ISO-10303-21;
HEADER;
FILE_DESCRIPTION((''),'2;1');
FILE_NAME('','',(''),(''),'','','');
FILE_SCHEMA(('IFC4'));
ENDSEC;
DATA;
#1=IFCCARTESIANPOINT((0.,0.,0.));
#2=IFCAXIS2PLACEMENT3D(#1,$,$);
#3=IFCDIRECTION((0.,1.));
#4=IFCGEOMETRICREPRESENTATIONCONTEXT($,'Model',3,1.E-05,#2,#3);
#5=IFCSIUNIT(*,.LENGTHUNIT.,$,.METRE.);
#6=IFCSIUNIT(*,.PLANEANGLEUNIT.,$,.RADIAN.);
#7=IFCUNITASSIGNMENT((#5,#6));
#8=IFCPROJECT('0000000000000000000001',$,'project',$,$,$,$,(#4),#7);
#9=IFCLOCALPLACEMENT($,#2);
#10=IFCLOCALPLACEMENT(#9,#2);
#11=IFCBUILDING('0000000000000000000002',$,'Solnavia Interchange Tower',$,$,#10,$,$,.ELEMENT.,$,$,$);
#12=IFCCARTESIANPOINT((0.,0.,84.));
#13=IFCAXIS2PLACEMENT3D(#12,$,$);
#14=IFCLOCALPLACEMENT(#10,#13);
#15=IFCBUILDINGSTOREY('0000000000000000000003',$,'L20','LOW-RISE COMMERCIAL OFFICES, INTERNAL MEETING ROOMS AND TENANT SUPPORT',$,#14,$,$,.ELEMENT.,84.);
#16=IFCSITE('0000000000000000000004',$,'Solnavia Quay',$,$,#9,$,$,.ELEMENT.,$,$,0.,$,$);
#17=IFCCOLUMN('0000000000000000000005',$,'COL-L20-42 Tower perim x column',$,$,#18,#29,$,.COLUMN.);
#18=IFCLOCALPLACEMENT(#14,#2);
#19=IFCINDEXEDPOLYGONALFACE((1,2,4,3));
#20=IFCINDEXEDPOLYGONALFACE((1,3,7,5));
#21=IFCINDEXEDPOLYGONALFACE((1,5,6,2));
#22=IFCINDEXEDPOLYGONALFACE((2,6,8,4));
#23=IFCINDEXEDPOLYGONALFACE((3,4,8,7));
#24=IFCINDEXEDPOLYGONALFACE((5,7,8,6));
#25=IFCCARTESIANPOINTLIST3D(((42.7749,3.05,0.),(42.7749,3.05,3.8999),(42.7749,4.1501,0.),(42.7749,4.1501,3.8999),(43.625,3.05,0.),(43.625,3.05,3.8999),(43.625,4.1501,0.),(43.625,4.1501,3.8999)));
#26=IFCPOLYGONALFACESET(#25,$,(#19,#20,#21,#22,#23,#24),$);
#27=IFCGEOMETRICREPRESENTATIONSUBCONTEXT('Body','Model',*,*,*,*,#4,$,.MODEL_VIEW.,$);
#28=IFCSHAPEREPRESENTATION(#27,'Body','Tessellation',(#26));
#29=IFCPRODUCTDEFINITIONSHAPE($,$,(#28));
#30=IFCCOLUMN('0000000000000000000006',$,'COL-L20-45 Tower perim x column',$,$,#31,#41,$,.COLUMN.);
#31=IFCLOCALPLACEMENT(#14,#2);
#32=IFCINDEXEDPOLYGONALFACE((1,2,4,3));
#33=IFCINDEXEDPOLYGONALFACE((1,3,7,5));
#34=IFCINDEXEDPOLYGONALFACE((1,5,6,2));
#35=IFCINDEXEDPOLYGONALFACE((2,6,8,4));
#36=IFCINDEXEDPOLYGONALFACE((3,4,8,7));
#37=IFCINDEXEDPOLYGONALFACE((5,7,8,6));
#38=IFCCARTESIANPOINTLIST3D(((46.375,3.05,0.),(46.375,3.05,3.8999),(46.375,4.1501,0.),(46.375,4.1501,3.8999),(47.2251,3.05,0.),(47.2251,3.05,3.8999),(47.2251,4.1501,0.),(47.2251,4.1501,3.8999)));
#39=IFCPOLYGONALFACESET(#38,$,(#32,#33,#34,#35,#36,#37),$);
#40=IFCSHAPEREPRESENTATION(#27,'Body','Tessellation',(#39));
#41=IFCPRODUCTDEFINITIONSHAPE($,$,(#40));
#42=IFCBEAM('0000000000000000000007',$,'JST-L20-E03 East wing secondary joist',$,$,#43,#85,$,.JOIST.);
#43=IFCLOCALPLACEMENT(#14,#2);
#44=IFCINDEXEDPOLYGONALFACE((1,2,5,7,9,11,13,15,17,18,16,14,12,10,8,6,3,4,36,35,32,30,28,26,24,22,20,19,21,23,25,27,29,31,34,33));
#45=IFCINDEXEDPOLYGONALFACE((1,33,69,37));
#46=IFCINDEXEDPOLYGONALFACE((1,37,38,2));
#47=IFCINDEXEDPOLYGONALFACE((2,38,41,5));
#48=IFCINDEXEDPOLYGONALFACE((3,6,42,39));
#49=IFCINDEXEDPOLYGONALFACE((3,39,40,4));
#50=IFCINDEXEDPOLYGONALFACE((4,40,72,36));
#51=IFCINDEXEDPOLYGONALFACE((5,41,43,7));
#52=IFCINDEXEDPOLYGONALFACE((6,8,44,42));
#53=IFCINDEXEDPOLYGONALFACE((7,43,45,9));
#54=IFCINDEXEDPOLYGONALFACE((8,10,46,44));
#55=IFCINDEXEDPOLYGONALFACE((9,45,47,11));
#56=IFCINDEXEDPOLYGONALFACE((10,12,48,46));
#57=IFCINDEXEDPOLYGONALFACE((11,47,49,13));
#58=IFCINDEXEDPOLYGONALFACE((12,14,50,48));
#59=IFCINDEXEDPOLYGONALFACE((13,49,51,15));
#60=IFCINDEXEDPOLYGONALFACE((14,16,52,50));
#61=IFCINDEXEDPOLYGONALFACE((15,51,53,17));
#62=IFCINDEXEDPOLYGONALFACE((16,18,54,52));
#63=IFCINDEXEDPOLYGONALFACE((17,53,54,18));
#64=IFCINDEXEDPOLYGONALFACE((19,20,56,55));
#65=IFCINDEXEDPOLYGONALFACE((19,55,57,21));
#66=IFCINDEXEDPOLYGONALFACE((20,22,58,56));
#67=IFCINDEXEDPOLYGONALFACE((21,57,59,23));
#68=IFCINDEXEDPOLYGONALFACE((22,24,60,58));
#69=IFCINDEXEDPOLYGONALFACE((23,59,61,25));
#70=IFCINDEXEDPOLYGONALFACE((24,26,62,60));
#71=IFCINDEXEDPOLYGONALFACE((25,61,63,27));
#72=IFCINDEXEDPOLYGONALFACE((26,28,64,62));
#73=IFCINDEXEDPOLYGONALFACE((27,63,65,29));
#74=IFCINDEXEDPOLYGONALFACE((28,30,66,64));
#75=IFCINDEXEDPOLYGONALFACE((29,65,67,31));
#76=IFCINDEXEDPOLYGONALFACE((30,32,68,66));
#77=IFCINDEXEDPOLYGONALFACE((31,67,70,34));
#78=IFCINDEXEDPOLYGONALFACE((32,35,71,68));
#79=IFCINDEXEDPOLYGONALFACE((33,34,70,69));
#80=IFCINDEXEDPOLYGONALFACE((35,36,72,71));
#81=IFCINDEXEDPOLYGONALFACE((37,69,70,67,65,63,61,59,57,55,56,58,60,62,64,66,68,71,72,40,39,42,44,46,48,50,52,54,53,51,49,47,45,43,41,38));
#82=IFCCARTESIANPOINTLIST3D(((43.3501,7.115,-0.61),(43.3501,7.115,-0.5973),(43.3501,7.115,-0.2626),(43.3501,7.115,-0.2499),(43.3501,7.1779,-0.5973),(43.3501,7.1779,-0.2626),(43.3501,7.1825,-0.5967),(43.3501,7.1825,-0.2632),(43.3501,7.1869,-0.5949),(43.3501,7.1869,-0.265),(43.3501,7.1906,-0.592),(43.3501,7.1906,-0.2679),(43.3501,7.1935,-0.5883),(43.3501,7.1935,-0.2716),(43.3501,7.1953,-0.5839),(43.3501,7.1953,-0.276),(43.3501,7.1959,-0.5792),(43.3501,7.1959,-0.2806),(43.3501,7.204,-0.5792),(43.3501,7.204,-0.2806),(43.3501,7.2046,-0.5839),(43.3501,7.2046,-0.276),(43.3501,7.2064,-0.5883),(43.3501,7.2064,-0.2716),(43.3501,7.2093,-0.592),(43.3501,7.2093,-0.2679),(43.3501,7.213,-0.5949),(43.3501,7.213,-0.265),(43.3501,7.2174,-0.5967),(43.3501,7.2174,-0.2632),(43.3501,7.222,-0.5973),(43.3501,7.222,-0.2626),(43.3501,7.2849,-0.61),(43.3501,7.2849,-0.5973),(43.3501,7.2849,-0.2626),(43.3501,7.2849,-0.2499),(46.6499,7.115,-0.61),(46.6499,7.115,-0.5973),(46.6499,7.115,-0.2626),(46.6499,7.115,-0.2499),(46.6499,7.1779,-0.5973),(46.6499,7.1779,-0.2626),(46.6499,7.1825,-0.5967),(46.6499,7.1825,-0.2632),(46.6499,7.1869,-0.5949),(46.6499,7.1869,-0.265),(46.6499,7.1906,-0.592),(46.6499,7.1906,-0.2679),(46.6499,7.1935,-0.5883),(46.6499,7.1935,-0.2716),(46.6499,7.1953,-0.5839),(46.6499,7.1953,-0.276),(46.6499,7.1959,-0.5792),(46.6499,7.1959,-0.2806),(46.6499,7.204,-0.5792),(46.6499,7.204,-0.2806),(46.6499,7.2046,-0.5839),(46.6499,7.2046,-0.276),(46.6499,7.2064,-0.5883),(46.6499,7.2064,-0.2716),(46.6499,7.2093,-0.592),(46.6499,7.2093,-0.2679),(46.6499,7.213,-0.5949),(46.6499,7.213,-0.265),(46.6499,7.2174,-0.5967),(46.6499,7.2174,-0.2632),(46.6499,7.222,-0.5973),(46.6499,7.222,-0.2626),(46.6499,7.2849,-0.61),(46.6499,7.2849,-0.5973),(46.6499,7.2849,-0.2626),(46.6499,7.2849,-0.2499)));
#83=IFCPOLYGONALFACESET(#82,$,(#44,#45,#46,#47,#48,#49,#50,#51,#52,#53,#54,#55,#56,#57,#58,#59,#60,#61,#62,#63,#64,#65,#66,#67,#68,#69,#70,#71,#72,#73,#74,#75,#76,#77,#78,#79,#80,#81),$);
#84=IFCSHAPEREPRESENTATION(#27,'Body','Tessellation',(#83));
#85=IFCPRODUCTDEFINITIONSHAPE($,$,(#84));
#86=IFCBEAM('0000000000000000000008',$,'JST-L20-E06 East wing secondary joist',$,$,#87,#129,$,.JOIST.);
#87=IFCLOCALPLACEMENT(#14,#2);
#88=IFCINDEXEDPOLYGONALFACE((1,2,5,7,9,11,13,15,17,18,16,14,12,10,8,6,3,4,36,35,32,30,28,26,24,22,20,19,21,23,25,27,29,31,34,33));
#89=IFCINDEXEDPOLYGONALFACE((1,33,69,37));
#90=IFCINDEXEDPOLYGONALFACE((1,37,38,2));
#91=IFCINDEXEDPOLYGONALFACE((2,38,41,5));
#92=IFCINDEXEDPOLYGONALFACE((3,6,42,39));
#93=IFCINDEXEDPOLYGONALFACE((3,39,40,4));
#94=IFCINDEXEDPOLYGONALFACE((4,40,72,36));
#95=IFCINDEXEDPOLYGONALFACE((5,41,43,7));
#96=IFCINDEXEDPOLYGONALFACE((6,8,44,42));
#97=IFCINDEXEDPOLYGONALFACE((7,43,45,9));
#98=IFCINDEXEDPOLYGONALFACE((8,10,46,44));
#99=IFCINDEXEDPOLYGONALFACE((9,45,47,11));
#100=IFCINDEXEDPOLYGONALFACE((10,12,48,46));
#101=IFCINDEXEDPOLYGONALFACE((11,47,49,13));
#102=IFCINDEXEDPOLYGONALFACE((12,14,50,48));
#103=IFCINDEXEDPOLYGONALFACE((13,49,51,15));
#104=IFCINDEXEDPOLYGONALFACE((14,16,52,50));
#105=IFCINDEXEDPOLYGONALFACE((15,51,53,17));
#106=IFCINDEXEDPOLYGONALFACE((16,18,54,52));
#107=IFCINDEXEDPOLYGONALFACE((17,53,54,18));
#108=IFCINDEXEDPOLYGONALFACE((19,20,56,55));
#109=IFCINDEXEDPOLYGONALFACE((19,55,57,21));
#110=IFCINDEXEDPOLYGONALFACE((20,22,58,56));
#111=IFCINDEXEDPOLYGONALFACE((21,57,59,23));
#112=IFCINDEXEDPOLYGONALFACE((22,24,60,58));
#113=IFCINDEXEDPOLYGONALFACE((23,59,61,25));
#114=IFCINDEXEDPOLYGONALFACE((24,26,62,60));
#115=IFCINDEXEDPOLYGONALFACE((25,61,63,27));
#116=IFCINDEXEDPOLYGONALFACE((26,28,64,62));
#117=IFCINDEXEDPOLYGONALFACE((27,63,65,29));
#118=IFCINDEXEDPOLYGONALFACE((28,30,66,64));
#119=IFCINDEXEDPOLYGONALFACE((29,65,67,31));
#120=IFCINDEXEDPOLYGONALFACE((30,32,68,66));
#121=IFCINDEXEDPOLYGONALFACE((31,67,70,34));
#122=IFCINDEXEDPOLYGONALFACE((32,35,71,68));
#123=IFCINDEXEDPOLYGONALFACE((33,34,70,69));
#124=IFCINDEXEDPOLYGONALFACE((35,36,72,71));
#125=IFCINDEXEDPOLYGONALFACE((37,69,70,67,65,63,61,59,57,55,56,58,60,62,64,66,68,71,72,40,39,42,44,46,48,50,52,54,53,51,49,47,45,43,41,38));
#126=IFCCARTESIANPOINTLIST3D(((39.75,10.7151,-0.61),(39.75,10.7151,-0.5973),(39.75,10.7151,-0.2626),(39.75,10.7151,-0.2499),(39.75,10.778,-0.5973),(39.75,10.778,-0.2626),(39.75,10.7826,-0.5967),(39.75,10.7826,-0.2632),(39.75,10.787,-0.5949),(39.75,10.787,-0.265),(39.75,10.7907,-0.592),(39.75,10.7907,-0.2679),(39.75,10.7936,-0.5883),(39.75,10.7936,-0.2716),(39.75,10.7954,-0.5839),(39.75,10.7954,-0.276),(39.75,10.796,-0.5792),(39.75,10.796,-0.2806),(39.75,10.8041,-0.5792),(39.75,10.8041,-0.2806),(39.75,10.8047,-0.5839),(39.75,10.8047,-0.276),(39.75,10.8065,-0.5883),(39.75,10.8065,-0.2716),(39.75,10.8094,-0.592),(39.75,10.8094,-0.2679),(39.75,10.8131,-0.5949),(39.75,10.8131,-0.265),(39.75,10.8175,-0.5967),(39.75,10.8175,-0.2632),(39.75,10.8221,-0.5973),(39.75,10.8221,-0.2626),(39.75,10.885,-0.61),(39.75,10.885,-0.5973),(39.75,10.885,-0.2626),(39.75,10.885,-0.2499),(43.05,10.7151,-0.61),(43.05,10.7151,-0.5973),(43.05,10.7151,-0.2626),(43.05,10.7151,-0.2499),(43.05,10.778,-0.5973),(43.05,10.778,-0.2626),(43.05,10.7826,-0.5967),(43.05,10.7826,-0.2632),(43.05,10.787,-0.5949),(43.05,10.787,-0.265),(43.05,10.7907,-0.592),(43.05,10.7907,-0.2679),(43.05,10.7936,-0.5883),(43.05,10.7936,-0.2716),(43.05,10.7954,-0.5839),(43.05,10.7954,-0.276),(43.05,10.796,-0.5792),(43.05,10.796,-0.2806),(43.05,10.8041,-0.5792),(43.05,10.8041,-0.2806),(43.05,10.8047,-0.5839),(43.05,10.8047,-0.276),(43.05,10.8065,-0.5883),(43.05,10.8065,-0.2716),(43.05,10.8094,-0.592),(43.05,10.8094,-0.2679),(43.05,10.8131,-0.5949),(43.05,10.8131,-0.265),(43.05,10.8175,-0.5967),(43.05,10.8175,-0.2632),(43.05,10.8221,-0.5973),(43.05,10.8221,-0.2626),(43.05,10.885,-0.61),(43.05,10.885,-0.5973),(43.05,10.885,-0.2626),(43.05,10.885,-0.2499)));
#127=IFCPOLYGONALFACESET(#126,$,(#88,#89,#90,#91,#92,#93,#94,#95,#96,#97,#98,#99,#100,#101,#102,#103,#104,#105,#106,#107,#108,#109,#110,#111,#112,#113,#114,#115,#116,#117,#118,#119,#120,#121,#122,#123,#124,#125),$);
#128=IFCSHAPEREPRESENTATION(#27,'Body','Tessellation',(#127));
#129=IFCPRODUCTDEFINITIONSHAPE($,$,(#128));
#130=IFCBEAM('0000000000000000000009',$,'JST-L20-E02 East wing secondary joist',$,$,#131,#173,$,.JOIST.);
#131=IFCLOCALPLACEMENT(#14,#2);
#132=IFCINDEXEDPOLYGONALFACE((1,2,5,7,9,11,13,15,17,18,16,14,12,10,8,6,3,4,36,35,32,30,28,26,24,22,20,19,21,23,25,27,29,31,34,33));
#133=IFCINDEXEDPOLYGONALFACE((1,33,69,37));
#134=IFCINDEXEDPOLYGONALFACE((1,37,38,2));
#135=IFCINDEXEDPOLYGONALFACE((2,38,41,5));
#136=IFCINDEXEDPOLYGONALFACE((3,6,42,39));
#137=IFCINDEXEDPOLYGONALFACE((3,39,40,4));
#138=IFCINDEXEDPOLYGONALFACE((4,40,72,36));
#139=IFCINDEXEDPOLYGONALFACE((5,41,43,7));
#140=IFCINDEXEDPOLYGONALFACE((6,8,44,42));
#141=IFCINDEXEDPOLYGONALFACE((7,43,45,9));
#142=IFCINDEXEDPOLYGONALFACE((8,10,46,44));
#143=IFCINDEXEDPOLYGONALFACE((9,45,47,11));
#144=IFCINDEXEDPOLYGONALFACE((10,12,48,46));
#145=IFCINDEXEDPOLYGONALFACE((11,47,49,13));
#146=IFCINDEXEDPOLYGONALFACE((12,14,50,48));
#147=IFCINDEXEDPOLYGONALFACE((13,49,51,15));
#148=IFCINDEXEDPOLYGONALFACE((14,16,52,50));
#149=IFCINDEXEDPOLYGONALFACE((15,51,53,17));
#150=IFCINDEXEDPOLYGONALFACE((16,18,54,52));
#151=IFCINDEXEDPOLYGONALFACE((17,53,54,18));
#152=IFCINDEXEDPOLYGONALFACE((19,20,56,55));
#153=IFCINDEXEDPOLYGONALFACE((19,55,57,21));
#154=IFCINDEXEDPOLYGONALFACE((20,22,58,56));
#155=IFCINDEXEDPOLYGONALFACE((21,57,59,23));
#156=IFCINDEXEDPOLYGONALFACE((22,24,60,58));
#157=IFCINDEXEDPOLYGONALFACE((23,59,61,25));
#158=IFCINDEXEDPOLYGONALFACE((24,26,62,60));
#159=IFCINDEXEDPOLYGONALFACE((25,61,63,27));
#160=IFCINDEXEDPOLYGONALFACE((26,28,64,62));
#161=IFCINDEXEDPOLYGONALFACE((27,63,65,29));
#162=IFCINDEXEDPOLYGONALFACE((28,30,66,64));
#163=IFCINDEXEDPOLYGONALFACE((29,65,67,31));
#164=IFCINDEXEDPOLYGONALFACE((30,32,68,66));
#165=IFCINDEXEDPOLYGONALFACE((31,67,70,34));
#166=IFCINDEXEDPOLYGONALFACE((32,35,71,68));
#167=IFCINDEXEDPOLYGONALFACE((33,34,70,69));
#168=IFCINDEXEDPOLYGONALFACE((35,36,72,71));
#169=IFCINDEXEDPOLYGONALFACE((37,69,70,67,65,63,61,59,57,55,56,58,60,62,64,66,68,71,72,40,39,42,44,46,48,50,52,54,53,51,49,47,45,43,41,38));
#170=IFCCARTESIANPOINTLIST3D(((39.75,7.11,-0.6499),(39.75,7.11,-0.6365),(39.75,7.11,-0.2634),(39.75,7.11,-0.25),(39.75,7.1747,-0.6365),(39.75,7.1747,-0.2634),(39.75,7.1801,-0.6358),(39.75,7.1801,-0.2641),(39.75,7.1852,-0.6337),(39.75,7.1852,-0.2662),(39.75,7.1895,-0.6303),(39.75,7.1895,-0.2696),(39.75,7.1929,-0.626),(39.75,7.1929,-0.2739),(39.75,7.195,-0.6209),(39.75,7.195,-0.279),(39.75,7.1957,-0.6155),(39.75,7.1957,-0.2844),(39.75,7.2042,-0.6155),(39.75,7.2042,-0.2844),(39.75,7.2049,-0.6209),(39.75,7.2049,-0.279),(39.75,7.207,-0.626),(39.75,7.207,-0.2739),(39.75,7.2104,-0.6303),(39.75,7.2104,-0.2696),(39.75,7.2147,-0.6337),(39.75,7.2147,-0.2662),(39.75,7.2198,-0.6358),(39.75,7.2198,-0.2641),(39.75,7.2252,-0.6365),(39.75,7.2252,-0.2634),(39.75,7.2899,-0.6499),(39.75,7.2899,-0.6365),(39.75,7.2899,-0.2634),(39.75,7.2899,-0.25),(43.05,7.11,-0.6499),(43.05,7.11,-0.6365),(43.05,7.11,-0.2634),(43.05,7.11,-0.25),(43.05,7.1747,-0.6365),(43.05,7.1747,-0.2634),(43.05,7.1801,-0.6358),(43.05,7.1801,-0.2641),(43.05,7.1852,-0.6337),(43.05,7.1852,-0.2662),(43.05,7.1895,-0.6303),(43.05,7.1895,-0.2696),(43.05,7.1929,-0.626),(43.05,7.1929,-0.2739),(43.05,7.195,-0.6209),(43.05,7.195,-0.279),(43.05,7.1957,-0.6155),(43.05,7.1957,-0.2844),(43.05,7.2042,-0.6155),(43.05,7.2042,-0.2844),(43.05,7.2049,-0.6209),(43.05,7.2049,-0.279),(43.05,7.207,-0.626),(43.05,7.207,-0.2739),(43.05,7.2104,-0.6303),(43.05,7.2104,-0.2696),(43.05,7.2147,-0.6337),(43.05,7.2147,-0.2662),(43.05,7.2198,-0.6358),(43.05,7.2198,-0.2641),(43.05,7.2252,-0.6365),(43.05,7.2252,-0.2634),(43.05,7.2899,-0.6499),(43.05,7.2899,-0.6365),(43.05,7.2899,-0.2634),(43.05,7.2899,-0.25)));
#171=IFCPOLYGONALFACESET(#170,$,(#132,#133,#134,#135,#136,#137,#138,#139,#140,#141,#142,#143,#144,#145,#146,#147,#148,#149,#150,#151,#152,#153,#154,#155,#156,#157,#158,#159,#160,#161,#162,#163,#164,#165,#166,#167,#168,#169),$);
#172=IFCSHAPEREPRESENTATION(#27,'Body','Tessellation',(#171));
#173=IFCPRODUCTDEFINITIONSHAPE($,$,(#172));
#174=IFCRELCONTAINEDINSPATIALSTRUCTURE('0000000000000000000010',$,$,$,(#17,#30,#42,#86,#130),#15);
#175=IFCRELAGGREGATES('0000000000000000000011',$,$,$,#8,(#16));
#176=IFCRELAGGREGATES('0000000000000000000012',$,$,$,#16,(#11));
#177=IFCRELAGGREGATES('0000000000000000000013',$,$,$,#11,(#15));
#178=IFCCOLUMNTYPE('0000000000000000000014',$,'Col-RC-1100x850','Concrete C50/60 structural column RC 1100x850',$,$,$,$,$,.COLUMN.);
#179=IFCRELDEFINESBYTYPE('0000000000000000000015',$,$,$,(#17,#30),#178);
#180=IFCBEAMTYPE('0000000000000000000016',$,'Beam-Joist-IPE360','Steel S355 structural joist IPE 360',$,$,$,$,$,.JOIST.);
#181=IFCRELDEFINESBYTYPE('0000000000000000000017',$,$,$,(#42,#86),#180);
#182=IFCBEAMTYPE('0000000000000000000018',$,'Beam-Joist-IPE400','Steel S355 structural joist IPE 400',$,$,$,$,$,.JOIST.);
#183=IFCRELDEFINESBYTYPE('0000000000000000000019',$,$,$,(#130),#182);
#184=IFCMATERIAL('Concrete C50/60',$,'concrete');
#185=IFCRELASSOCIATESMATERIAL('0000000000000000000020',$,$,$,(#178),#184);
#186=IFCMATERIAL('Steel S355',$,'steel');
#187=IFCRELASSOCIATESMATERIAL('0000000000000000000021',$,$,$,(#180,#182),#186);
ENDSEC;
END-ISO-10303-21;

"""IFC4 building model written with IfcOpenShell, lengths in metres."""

from ifc_helpers import new_model, si_unit, direction, frame, origin, origin_2d, place, context, subcontext, project, spatial, rectangle, i_section, extrude, material, material_profile, profile_set, type_object, element, save


model = new_model("IFC4")

# Units and contexts
model_context = context("Model", 3, precision=1e-05, world=origin(), true_north=direction((0.0, 1.0)))
body_context = subcontext(model_context, "Body", "Model", "MODEL_VIEW")
ifc_project = project(units=[si_unit("LENGTHUNIT", "METRE"), si_unit("PLANEANGLEUNIT", "RADIAN")], contexts=[model_context])

# Site, building, storey
site_placement = place(None, origin())
site = spatial("IfcSite", under=ifc_project, at=site_placement, Name="Solnavia Quay", CompositionType="ELEMENT", RefElevation=0.0)
building_placement = place(site_placement, origin())
building = spatial("IfcBuilding", under=site, at=building_placement, Name="Solnavia Interchange Tower", CompositionType="ELEMENT")
storey_placement = place(building_placement, frame((0.0, 0.0, 84.0)))
storey = spatial("IfcBuildingStorey", under=building, at=storey_placement, Name="L20", Description="LOW-RISE COMMERCIAL OFFICES, INTERNAL MEETING ROOMS AND TENANT SUPPORT", CompositionType="ELEMENT", Elevation=84.0)

# Columns
ifc_material_1 = material(Name="Concrete C50/60", Category="concrete")
ifc_material_profile_1 = material_profile(ifc_material_1, rectangle(XDim=0.8501, YDim=1.1001, at=origin_2d()), Name="RC 1100x850")
ifc_profile_set_1 = profile_set([ifc_material_profile_1], Name="Concrete C50/60")
column_type = type_object("IfcColumnType", Name="Col-RC-1100x850", Description="Concrete C50/60 structural column RC 1100x850", PredefinedType="COLUMN", material=ifc_profile_set_1)
for number, where, z_axis, x_axis, name in (
    (1, (43.2, 3.6001, 0.0), (0.0, 0.0, 1.0), (1.0, 0.0, 0.0), "COL-L20-42 Tower perim x column"),
    (2, (46.8, 3.6001, 0.0), (0.0, 0.0, 1.0), (1.0, 0.0, 0.0), "COL-L20-45 Tower perim x column"),
):
    element("IfcColumn", number, at=place(storey_placement, frame(where, z_axis=z_axis, x_axis=x_axis)), inside=storey, type_object=column_type, Name=name, PredefinedType="COLUMN", context=body_context, shape_type="SweptSolid", body=[
        extrude(rectangle(XDim=0.8501, YDim=1.1001, at=origin_2d()), origin(), (0.0, 0.0, 1.0), 3.8999),
    ])

# Beams
ifc_material_2 = material(Name="Steel S355", Category="steel")
ifc_material_profile_2 = material_profile(ifc_material_2, i_section(OverallWidth=0.1699, OverallDepth=0.3601, WebThickness=0.0081, FlangeThickness=0.0127, FilletRadius=0.0181, at=origin_2d()), Name="IPE 360")
ifc_profile_set_2 = profile_set([ifc_material_profile_2], Name="Steel S355")
beam_type_1 = type_object("IfcBeamType", Name="Beam-Joist-IPE360", Description="Steel S355 structural joist IPE 360", PredefinedType="JOIST", material=ifc_profile_set_2)
beam_1_placement = place(storey_placement, frame((43.3501, 7.2, -0.4299), z_axis=(1.0, 0.0, 0.0), x_axis=(0.0, 1.0, 0.0)))
element("IfcBeam", 3, at=beam_1_placement, inside=storey, type_object=beam_type_1, Name="JST-L20-E03 East wing secondary joist", PredefinedType="JOIST", context=body_context, shape_type="SweptSolid", body=[
    extrude(i_section(OverallWidth=0.1699, OverallDepth=0.3601, WebThickness=0.0081, FlangeThickness=0.0127, FilletRadius=0.0181, at=origin_2d()), origin(), (0.0, 0.0, 1.0), 3.2998),
])
beam_2_placement = place(storey_placement, frame((39.75, 10.8, -0.4299), z_axis=(1.0, 0.0, 0.0), x_axis=(0.0, 1.0, 0.0)))
element("IfcBeam", 4, at=beam_2_placement, inside=storey, type_object=beam_type_1, Name="JST-L20-E06 East wing secondary joist", PredefinedType="JOIST", context=body_context, shape_type="SweptSolid", body=[
    extrude(i_section(OverallWidth=0.1699, OverallDepth=0.3601, WebThickness=0.0081, FlangeThickness=0.0127, FilletRadius=0.0181, at=origin_2d()), origin(), (0.0, 0.0, 1.0), 3.3),
])
ifc_material_profile_3 = material_profile(ifc_material_2, i_section(OverallWidth=0.1799, OverallDepth=0.3999, WebThickness=0.0085, FlangeThickness=0.0134, FilletRadius=0.021, at=origin_2d()), Name="IPE 400")
ifc_profile_set_3 = profile_set([ifc_material_profile_3], Name="Steel S355")
beam_type_2 = type_object("IfcBeamType", Name="Beam-Joist-IPE400", Description="Steel S355 structural joist IPE 400", PredefinedType="JOIST", material=ifc_profile_set_3)
for number, where, z_axis, x_axis, name in (
    (5, (39.75, 7.2, -0.45), (1.0, 0.0, 0.0), (0.0, 1.0, 0.0), "JST-L20-E02 East wing secondary joist"),
):
    element("IfcBeam", number, at=place(storey_placement, frame(where, z_axis=z_axis, x_axis=x_axis)), inside=storey, type_object=beam_type_2, Name=name, PredefinedType="JOIST", context=body_context, shape_type="SweptSolid", body=[
        extrude(i_section(OverallWidth=0.1799, OverallDepth=0.3999, WebThickness=0.0085, FlangeThickness=0.0134, FilletRadius=0.021, at=origin_2d()), origin(), (0.0, 0.0, 1.0), 3.3),
    ])

save(model, "model.ifc")
